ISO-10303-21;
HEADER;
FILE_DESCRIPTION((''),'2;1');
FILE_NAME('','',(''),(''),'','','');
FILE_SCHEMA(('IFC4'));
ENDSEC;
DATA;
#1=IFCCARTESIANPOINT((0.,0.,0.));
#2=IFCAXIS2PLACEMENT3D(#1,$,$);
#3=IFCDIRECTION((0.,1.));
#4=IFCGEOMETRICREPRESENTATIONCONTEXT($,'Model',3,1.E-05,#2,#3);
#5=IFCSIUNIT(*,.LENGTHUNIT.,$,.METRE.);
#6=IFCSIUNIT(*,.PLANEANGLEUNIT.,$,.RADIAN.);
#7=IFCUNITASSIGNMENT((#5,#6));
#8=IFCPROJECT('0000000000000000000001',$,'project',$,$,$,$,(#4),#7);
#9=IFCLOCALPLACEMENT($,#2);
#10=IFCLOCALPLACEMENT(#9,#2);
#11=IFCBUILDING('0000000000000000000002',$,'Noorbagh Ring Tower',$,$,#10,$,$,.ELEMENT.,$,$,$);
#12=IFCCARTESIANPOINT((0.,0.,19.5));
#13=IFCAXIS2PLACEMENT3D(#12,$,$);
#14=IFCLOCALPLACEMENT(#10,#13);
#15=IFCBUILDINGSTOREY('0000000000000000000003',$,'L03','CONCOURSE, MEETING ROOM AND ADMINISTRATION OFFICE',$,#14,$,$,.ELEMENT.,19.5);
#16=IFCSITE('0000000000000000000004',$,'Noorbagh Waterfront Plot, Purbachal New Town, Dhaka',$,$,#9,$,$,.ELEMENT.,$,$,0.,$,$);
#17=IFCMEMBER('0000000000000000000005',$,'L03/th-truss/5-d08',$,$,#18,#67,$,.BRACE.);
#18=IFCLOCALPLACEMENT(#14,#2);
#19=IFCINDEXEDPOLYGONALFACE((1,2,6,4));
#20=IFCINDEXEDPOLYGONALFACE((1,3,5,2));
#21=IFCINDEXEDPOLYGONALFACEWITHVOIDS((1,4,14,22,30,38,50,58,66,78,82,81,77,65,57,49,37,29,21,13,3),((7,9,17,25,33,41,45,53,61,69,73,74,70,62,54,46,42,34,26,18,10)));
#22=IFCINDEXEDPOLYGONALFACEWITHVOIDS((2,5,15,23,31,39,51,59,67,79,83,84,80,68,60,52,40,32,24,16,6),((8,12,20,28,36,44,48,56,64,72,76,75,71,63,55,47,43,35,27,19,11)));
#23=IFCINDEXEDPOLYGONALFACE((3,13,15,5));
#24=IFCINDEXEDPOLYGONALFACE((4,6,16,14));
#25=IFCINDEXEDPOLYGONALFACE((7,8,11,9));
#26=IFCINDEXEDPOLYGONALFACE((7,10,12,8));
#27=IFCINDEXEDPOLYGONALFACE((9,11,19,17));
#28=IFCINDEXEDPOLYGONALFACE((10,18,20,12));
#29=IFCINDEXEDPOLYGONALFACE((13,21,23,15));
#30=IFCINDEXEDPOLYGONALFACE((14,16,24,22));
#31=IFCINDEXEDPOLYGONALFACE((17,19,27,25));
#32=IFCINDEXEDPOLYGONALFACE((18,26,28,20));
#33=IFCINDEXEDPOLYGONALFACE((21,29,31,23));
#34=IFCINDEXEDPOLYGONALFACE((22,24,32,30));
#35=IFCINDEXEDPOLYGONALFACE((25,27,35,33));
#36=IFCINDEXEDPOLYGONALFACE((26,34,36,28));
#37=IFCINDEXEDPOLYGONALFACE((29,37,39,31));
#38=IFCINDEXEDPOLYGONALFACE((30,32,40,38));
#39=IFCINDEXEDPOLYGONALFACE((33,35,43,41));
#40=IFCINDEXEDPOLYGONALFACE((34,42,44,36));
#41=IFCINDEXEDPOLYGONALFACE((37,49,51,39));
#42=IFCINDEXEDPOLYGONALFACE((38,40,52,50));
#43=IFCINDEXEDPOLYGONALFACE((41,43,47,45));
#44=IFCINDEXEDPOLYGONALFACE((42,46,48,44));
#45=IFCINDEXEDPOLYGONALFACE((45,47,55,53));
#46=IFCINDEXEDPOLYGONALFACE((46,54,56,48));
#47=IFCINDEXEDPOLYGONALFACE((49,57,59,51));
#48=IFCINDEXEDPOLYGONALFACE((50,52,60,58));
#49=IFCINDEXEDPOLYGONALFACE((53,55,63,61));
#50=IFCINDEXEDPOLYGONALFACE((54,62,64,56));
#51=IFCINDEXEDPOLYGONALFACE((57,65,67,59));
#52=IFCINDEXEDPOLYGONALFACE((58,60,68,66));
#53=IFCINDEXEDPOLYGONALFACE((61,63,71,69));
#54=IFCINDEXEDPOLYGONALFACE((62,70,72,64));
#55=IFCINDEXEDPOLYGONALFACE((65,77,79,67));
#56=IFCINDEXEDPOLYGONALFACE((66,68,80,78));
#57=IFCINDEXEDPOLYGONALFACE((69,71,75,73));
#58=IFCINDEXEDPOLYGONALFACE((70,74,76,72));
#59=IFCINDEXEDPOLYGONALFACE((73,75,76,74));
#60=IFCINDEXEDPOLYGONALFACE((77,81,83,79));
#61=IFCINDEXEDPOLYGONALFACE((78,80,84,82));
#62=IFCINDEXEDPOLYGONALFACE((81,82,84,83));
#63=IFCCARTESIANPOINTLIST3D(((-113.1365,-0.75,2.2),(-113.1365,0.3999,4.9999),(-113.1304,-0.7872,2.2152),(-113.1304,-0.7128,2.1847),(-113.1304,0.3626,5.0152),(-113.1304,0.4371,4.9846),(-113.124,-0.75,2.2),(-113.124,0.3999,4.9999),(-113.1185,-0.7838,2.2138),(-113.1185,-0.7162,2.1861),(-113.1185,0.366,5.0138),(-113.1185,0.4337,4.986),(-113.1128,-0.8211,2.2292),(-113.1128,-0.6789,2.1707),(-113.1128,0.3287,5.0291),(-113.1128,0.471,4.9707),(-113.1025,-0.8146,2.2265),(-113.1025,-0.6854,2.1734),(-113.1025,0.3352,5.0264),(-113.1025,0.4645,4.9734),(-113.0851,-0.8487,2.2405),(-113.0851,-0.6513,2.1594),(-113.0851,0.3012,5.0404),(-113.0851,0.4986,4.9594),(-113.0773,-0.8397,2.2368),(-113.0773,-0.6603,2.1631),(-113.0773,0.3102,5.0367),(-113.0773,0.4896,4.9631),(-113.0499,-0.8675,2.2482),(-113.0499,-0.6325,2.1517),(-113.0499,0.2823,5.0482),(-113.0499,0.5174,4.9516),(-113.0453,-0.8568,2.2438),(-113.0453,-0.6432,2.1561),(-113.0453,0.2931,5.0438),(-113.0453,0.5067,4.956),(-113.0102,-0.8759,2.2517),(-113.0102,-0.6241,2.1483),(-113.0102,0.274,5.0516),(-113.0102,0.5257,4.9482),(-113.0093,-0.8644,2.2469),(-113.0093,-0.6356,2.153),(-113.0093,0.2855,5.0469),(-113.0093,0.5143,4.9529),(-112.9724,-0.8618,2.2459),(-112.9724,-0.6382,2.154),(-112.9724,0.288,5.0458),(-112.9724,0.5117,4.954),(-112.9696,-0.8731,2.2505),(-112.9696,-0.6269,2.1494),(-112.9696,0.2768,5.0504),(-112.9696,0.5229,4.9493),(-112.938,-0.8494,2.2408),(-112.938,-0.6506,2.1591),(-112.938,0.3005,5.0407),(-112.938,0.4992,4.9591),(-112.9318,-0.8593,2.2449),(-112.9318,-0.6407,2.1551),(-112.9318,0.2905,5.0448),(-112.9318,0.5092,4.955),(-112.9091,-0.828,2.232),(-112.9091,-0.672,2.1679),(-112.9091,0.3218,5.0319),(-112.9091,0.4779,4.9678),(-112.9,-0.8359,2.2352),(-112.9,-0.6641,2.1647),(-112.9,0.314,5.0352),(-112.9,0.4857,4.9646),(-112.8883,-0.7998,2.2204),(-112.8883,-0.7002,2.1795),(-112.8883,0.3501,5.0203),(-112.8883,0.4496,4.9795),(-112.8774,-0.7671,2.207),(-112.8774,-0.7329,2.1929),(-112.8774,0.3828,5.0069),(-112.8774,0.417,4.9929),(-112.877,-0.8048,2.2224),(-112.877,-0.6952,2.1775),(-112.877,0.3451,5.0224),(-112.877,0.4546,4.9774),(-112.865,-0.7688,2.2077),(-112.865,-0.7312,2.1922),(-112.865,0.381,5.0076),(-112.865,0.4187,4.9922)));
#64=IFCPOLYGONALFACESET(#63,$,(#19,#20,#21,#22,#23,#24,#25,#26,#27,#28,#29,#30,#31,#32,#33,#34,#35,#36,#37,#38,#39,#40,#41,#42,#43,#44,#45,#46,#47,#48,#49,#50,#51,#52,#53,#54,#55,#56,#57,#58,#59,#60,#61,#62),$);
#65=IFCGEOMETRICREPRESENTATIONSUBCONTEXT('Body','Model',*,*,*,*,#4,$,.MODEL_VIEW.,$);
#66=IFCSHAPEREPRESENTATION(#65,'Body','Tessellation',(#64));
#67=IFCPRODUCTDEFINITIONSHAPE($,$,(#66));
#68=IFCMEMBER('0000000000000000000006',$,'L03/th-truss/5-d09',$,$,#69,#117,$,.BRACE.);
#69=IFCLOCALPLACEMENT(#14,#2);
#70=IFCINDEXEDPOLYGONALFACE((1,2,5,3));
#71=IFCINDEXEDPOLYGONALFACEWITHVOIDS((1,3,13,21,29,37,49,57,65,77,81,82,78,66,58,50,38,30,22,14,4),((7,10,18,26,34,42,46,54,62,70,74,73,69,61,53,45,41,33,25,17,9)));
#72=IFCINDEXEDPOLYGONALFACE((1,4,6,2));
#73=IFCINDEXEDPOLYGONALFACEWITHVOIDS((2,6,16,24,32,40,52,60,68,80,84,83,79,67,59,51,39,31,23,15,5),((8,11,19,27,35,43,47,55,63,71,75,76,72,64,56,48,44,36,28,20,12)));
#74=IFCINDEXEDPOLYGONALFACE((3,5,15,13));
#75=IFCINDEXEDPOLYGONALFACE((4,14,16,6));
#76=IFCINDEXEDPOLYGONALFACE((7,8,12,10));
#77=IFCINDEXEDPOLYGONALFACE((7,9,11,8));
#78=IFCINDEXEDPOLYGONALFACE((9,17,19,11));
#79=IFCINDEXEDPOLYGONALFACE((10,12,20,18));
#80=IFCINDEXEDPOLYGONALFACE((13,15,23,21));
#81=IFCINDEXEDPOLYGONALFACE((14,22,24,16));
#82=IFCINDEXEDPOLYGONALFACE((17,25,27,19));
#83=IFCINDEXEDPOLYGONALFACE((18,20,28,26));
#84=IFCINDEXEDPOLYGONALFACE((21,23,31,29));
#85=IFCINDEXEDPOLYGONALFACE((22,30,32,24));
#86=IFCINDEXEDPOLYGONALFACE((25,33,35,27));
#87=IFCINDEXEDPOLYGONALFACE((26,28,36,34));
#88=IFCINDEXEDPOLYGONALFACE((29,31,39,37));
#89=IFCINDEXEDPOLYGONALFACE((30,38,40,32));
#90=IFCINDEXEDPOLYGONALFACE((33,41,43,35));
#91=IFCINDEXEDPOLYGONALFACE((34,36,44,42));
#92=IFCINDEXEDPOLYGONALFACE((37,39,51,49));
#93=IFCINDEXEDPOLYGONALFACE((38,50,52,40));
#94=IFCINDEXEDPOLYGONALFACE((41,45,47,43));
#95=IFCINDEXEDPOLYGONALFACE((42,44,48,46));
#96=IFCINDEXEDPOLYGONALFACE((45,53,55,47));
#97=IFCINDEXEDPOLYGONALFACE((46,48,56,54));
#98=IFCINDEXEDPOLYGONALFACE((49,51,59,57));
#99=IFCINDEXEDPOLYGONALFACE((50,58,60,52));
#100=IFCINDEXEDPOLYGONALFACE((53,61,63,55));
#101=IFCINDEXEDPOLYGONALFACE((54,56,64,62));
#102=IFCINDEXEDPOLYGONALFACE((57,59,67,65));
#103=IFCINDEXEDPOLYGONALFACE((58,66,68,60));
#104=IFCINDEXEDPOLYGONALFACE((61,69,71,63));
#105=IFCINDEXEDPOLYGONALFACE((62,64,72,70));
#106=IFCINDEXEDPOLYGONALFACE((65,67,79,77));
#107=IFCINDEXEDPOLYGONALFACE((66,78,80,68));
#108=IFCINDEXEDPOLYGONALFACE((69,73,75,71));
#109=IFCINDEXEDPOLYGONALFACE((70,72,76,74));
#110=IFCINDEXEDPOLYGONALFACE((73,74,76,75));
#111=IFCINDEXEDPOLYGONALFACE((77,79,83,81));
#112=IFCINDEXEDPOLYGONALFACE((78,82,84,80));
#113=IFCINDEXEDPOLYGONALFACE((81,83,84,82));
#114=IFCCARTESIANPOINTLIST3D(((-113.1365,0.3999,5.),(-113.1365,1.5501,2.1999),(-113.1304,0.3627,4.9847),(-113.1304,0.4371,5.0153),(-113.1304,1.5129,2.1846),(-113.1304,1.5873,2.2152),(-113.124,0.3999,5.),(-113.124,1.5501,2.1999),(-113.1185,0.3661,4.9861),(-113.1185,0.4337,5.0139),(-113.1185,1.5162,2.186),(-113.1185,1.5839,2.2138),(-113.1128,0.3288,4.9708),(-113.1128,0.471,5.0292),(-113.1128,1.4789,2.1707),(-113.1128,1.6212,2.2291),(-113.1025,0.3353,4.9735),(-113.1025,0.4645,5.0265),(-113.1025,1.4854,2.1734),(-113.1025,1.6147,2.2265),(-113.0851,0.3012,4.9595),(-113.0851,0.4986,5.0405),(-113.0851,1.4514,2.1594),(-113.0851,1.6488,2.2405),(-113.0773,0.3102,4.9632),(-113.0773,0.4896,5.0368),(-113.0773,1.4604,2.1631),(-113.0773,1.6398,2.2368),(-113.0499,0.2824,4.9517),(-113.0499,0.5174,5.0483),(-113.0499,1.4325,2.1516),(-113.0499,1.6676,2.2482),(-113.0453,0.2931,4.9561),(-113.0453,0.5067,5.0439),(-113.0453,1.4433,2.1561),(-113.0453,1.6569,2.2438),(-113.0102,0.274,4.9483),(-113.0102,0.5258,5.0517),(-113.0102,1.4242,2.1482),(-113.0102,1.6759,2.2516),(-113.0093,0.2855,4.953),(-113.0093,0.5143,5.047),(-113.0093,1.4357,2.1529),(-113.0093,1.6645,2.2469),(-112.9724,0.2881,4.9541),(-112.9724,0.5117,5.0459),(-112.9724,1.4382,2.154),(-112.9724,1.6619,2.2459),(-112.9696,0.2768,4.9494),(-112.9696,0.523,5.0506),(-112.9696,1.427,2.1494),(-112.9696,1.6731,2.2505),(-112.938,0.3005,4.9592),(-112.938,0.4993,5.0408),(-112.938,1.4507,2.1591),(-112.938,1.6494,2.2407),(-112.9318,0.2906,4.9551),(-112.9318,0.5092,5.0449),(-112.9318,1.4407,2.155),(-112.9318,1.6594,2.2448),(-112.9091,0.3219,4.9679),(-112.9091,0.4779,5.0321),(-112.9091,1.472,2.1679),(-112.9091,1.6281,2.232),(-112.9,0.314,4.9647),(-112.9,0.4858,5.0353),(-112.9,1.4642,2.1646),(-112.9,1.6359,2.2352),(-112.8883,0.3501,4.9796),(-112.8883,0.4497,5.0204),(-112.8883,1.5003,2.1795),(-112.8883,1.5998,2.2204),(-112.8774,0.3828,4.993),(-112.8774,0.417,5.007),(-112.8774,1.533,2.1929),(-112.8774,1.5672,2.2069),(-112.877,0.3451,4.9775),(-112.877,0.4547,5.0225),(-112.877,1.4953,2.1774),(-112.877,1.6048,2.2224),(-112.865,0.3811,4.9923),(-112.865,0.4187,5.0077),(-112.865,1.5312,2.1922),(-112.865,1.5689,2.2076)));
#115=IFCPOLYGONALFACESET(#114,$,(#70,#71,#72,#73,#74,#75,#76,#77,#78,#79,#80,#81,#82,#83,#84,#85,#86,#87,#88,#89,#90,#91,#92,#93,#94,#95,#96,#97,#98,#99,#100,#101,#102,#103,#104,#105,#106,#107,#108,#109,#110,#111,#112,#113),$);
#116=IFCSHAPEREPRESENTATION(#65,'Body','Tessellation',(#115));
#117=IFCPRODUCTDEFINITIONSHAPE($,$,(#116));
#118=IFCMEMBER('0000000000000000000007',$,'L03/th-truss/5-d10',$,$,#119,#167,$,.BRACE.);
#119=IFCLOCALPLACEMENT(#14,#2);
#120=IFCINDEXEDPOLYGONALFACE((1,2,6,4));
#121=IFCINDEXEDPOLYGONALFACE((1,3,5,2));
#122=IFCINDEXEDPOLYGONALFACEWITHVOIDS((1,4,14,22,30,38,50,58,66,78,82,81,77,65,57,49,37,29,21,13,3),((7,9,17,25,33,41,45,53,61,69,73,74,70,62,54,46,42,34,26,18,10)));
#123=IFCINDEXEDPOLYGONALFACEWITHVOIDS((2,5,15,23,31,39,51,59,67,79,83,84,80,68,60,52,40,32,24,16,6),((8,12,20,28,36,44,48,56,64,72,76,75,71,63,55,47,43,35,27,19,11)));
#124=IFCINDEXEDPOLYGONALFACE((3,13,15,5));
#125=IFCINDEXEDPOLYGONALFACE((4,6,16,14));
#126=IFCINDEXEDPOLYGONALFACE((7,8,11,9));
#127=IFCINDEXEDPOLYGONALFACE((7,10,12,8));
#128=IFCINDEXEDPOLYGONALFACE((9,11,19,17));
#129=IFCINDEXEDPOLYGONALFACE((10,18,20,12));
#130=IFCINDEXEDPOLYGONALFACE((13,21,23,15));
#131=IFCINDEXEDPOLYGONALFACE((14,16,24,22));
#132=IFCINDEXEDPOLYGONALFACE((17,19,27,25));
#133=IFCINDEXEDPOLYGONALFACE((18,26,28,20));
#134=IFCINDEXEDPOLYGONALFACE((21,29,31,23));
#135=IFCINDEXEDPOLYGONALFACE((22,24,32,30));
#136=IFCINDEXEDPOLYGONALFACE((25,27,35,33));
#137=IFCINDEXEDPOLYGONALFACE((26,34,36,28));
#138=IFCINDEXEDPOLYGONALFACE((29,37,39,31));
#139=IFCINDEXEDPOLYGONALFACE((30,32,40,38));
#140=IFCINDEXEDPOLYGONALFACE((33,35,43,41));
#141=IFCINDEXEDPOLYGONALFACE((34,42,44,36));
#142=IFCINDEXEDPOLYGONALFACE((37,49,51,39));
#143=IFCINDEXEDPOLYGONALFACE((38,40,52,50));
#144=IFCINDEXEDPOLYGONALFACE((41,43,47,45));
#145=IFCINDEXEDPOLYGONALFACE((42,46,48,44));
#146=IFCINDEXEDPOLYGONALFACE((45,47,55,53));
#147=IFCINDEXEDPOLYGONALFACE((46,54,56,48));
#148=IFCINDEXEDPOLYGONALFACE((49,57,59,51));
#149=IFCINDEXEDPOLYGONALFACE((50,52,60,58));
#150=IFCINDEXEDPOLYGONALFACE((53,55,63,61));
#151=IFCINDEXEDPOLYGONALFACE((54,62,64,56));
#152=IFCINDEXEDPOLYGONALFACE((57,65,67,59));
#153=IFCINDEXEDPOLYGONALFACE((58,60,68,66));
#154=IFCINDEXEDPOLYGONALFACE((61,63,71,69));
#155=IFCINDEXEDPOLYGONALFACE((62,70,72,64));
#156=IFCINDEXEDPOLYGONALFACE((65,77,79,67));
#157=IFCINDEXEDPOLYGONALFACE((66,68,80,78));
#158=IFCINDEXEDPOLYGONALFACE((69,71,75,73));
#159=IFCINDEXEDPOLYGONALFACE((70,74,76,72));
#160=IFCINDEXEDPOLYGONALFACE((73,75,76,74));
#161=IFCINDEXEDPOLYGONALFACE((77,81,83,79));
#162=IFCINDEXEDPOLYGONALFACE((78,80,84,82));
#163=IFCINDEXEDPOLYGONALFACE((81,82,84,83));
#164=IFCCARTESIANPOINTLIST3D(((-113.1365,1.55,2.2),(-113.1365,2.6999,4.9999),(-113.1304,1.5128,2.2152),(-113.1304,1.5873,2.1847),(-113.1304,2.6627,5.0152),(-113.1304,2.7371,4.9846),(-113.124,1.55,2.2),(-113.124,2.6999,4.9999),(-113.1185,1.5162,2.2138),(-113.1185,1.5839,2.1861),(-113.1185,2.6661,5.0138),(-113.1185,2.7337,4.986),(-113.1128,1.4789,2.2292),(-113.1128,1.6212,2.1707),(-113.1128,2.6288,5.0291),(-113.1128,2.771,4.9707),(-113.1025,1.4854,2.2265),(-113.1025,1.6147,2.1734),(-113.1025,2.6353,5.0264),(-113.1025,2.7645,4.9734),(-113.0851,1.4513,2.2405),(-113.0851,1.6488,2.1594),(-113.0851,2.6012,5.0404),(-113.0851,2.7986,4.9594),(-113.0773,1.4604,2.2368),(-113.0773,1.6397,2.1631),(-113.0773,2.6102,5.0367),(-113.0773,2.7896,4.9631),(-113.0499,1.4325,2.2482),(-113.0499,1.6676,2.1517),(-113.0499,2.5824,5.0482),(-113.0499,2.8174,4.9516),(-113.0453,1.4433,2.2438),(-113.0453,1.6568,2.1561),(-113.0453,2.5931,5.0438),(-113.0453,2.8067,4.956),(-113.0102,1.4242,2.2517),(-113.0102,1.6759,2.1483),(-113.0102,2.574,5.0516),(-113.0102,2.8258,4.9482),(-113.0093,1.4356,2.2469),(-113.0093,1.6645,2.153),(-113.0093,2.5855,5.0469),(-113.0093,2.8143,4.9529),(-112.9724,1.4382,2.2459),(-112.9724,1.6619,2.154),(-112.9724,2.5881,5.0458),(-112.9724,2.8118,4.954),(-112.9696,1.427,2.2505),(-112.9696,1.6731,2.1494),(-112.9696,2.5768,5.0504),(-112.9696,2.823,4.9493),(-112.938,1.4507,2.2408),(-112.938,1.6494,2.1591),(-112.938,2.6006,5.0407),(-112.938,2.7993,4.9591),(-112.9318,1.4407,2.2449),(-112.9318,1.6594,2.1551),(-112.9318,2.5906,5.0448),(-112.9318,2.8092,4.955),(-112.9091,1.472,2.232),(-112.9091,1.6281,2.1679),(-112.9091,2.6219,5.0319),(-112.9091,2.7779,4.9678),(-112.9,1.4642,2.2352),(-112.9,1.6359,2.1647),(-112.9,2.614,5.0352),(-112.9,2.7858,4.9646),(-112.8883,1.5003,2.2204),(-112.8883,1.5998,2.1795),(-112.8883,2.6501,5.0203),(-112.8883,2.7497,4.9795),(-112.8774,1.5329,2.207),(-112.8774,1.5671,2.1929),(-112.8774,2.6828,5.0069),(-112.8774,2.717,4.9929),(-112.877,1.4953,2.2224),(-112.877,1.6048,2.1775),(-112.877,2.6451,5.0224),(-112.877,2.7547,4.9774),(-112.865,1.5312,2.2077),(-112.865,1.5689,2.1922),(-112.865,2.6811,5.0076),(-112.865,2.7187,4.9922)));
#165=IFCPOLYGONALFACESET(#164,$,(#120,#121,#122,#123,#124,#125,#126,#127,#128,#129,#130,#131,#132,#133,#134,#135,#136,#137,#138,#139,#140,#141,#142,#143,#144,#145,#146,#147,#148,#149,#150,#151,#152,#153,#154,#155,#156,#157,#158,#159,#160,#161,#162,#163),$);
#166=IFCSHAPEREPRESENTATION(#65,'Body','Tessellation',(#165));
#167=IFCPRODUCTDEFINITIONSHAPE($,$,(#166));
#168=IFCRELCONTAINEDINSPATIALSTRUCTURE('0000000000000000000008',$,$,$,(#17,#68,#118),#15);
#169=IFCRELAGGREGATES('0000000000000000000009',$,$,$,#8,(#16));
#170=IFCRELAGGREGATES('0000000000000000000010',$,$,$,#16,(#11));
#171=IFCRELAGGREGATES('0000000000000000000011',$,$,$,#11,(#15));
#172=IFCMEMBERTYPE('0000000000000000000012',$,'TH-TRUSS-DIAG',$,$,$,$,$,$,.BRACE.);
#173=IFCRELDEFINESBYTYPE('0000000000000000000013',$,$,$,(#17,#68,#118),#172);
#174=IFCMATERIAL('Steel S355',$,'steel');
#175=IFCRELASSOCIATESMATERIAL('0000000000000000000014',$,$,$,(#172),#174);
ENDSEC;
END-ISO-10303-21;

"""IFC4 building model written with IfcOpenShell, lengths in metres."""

from ifc_helpers import new_model, si_unit, direction, frame, origin, origin_2d, place, context, subcontext, project, spatial, hollow_circle, extrude, material, material_profile, profile_set, type_object, element, save


model = new_model("IFC4")

# Units and contexts
model_context = context("Model", 3, precision=1e-05, world=origin(), true_north=direction((0.0, 1.0)))
body_context = subcontext(model_context, "Body", "Model", "MODEL_VIEW")
ifc_project = project(units=[si_unit("LENGTHUNIT", "METRE"), si_unit("PLANEANGLEUNIT", "RADIAN")], contexts=[model_context])

# Site, building, storey
site_placement = place(None, origin())
site = spatial("IfcSite", under=ifc_project, at=site_placement, Name="Noorbagh Waterfront Plot, Purbachal New Town, Dhaka", CompositionType="ELEMENT", RefElevation=0.0)
building_placement = place(site_placement, origin())
building = spatial("IfcBuilding", under=site, at=building_placement, Name="Noorbagh Ring Tower", CompositionType="ELEMENT")
storey_placement = place(building_placement, frame((0.0, 0.0, 19.5)))
storey = spatial("IfcBuildingStorey", under=building, at=storey_placement, Name="L03", Description="CONCOURSE, MEETING ROOM AND ADMINISTRATION OFFICE", CompositionType="ELEMENT", Elevation=19.5)

# Members
ifc_material = material(Name="Steel S355", Category="steel")
ifc_material_profile = material_profile(ifc_material, hollow_circle(Radius=0.1365, WallThickness=0.0125, at=origin_2d()), Name="CHS273x12.5")
ifc_profile_set = profile_set([ifc_material_profile], Name="Steel S355")
member_type = type_object("IfcMemberType", Name="TH-TRUSS-DIAG", PredefinedType="BRACE", material=ifc_profile_set)
for number, where, z_axis, x_axis, name in (
    (1, (-113.0, -0.75, 2.2), (0.0, 0.379886, 0.925033), (-1.0, 0.0, 0.0), "L03/th-truss/5-d08"),
):
    element("IfcMember", number, at=place(storey_placement, frame(where, z_axis=z_axis, x_axis=x_axis)), inside=storey, type_object=member_type, Name=name, PredefinedType="BRACE", context=body_context, shape_type="SweptSolid", body=[
        extrude(hollow_circle(Radius=0.1365, WallThickness=0.0125, at=origin_2d()), origin(), (0.0, 0.0, 1.0), 3.0269),
    ])
member_1_placement = place(storey_placement, frame((-113.0, 0.3999, 5.0), z_axis=(0.0, 0.379955, -0.925005), x_axis=(-1.0, 0.0, 0.0)))
element("IfcMember", 2, at=member_1_placement, inside=storey, type_object=member_type, Name="L03/th-truss/5-d09", PredefinedType="BRACE", context=body_context, shape_type="SweptSolid", body=[
    extrude(hollow_circle(Radius=0.1365, WallThickness=0.0125, at=origin_2d()), origin(), (0.0, 0.0, 1.0), 3.0271),
])
member_2_placement = place(storey_placement, frame((-113.0, 1.55, 2.2), z_axis=(0.0, 0.379886, 0.925033), x_axis=(-1.0, 0.0, 0.0)))
element("IfcMember", 3, at=member_2_placement, inside=storey, type_object=member_type, Name="L03/th-truss/5-d10", PredefinedType="BRACE", context=body_context, shape_type="SweptSolid", body=[
    extrude(hollow_circle(Radius=0.1365, WallThickness=0.0125, at=origin_2d()), origin(), (0.0, 0.0, 1.0), 3.0269),
])

save(model, "model.ifc")
